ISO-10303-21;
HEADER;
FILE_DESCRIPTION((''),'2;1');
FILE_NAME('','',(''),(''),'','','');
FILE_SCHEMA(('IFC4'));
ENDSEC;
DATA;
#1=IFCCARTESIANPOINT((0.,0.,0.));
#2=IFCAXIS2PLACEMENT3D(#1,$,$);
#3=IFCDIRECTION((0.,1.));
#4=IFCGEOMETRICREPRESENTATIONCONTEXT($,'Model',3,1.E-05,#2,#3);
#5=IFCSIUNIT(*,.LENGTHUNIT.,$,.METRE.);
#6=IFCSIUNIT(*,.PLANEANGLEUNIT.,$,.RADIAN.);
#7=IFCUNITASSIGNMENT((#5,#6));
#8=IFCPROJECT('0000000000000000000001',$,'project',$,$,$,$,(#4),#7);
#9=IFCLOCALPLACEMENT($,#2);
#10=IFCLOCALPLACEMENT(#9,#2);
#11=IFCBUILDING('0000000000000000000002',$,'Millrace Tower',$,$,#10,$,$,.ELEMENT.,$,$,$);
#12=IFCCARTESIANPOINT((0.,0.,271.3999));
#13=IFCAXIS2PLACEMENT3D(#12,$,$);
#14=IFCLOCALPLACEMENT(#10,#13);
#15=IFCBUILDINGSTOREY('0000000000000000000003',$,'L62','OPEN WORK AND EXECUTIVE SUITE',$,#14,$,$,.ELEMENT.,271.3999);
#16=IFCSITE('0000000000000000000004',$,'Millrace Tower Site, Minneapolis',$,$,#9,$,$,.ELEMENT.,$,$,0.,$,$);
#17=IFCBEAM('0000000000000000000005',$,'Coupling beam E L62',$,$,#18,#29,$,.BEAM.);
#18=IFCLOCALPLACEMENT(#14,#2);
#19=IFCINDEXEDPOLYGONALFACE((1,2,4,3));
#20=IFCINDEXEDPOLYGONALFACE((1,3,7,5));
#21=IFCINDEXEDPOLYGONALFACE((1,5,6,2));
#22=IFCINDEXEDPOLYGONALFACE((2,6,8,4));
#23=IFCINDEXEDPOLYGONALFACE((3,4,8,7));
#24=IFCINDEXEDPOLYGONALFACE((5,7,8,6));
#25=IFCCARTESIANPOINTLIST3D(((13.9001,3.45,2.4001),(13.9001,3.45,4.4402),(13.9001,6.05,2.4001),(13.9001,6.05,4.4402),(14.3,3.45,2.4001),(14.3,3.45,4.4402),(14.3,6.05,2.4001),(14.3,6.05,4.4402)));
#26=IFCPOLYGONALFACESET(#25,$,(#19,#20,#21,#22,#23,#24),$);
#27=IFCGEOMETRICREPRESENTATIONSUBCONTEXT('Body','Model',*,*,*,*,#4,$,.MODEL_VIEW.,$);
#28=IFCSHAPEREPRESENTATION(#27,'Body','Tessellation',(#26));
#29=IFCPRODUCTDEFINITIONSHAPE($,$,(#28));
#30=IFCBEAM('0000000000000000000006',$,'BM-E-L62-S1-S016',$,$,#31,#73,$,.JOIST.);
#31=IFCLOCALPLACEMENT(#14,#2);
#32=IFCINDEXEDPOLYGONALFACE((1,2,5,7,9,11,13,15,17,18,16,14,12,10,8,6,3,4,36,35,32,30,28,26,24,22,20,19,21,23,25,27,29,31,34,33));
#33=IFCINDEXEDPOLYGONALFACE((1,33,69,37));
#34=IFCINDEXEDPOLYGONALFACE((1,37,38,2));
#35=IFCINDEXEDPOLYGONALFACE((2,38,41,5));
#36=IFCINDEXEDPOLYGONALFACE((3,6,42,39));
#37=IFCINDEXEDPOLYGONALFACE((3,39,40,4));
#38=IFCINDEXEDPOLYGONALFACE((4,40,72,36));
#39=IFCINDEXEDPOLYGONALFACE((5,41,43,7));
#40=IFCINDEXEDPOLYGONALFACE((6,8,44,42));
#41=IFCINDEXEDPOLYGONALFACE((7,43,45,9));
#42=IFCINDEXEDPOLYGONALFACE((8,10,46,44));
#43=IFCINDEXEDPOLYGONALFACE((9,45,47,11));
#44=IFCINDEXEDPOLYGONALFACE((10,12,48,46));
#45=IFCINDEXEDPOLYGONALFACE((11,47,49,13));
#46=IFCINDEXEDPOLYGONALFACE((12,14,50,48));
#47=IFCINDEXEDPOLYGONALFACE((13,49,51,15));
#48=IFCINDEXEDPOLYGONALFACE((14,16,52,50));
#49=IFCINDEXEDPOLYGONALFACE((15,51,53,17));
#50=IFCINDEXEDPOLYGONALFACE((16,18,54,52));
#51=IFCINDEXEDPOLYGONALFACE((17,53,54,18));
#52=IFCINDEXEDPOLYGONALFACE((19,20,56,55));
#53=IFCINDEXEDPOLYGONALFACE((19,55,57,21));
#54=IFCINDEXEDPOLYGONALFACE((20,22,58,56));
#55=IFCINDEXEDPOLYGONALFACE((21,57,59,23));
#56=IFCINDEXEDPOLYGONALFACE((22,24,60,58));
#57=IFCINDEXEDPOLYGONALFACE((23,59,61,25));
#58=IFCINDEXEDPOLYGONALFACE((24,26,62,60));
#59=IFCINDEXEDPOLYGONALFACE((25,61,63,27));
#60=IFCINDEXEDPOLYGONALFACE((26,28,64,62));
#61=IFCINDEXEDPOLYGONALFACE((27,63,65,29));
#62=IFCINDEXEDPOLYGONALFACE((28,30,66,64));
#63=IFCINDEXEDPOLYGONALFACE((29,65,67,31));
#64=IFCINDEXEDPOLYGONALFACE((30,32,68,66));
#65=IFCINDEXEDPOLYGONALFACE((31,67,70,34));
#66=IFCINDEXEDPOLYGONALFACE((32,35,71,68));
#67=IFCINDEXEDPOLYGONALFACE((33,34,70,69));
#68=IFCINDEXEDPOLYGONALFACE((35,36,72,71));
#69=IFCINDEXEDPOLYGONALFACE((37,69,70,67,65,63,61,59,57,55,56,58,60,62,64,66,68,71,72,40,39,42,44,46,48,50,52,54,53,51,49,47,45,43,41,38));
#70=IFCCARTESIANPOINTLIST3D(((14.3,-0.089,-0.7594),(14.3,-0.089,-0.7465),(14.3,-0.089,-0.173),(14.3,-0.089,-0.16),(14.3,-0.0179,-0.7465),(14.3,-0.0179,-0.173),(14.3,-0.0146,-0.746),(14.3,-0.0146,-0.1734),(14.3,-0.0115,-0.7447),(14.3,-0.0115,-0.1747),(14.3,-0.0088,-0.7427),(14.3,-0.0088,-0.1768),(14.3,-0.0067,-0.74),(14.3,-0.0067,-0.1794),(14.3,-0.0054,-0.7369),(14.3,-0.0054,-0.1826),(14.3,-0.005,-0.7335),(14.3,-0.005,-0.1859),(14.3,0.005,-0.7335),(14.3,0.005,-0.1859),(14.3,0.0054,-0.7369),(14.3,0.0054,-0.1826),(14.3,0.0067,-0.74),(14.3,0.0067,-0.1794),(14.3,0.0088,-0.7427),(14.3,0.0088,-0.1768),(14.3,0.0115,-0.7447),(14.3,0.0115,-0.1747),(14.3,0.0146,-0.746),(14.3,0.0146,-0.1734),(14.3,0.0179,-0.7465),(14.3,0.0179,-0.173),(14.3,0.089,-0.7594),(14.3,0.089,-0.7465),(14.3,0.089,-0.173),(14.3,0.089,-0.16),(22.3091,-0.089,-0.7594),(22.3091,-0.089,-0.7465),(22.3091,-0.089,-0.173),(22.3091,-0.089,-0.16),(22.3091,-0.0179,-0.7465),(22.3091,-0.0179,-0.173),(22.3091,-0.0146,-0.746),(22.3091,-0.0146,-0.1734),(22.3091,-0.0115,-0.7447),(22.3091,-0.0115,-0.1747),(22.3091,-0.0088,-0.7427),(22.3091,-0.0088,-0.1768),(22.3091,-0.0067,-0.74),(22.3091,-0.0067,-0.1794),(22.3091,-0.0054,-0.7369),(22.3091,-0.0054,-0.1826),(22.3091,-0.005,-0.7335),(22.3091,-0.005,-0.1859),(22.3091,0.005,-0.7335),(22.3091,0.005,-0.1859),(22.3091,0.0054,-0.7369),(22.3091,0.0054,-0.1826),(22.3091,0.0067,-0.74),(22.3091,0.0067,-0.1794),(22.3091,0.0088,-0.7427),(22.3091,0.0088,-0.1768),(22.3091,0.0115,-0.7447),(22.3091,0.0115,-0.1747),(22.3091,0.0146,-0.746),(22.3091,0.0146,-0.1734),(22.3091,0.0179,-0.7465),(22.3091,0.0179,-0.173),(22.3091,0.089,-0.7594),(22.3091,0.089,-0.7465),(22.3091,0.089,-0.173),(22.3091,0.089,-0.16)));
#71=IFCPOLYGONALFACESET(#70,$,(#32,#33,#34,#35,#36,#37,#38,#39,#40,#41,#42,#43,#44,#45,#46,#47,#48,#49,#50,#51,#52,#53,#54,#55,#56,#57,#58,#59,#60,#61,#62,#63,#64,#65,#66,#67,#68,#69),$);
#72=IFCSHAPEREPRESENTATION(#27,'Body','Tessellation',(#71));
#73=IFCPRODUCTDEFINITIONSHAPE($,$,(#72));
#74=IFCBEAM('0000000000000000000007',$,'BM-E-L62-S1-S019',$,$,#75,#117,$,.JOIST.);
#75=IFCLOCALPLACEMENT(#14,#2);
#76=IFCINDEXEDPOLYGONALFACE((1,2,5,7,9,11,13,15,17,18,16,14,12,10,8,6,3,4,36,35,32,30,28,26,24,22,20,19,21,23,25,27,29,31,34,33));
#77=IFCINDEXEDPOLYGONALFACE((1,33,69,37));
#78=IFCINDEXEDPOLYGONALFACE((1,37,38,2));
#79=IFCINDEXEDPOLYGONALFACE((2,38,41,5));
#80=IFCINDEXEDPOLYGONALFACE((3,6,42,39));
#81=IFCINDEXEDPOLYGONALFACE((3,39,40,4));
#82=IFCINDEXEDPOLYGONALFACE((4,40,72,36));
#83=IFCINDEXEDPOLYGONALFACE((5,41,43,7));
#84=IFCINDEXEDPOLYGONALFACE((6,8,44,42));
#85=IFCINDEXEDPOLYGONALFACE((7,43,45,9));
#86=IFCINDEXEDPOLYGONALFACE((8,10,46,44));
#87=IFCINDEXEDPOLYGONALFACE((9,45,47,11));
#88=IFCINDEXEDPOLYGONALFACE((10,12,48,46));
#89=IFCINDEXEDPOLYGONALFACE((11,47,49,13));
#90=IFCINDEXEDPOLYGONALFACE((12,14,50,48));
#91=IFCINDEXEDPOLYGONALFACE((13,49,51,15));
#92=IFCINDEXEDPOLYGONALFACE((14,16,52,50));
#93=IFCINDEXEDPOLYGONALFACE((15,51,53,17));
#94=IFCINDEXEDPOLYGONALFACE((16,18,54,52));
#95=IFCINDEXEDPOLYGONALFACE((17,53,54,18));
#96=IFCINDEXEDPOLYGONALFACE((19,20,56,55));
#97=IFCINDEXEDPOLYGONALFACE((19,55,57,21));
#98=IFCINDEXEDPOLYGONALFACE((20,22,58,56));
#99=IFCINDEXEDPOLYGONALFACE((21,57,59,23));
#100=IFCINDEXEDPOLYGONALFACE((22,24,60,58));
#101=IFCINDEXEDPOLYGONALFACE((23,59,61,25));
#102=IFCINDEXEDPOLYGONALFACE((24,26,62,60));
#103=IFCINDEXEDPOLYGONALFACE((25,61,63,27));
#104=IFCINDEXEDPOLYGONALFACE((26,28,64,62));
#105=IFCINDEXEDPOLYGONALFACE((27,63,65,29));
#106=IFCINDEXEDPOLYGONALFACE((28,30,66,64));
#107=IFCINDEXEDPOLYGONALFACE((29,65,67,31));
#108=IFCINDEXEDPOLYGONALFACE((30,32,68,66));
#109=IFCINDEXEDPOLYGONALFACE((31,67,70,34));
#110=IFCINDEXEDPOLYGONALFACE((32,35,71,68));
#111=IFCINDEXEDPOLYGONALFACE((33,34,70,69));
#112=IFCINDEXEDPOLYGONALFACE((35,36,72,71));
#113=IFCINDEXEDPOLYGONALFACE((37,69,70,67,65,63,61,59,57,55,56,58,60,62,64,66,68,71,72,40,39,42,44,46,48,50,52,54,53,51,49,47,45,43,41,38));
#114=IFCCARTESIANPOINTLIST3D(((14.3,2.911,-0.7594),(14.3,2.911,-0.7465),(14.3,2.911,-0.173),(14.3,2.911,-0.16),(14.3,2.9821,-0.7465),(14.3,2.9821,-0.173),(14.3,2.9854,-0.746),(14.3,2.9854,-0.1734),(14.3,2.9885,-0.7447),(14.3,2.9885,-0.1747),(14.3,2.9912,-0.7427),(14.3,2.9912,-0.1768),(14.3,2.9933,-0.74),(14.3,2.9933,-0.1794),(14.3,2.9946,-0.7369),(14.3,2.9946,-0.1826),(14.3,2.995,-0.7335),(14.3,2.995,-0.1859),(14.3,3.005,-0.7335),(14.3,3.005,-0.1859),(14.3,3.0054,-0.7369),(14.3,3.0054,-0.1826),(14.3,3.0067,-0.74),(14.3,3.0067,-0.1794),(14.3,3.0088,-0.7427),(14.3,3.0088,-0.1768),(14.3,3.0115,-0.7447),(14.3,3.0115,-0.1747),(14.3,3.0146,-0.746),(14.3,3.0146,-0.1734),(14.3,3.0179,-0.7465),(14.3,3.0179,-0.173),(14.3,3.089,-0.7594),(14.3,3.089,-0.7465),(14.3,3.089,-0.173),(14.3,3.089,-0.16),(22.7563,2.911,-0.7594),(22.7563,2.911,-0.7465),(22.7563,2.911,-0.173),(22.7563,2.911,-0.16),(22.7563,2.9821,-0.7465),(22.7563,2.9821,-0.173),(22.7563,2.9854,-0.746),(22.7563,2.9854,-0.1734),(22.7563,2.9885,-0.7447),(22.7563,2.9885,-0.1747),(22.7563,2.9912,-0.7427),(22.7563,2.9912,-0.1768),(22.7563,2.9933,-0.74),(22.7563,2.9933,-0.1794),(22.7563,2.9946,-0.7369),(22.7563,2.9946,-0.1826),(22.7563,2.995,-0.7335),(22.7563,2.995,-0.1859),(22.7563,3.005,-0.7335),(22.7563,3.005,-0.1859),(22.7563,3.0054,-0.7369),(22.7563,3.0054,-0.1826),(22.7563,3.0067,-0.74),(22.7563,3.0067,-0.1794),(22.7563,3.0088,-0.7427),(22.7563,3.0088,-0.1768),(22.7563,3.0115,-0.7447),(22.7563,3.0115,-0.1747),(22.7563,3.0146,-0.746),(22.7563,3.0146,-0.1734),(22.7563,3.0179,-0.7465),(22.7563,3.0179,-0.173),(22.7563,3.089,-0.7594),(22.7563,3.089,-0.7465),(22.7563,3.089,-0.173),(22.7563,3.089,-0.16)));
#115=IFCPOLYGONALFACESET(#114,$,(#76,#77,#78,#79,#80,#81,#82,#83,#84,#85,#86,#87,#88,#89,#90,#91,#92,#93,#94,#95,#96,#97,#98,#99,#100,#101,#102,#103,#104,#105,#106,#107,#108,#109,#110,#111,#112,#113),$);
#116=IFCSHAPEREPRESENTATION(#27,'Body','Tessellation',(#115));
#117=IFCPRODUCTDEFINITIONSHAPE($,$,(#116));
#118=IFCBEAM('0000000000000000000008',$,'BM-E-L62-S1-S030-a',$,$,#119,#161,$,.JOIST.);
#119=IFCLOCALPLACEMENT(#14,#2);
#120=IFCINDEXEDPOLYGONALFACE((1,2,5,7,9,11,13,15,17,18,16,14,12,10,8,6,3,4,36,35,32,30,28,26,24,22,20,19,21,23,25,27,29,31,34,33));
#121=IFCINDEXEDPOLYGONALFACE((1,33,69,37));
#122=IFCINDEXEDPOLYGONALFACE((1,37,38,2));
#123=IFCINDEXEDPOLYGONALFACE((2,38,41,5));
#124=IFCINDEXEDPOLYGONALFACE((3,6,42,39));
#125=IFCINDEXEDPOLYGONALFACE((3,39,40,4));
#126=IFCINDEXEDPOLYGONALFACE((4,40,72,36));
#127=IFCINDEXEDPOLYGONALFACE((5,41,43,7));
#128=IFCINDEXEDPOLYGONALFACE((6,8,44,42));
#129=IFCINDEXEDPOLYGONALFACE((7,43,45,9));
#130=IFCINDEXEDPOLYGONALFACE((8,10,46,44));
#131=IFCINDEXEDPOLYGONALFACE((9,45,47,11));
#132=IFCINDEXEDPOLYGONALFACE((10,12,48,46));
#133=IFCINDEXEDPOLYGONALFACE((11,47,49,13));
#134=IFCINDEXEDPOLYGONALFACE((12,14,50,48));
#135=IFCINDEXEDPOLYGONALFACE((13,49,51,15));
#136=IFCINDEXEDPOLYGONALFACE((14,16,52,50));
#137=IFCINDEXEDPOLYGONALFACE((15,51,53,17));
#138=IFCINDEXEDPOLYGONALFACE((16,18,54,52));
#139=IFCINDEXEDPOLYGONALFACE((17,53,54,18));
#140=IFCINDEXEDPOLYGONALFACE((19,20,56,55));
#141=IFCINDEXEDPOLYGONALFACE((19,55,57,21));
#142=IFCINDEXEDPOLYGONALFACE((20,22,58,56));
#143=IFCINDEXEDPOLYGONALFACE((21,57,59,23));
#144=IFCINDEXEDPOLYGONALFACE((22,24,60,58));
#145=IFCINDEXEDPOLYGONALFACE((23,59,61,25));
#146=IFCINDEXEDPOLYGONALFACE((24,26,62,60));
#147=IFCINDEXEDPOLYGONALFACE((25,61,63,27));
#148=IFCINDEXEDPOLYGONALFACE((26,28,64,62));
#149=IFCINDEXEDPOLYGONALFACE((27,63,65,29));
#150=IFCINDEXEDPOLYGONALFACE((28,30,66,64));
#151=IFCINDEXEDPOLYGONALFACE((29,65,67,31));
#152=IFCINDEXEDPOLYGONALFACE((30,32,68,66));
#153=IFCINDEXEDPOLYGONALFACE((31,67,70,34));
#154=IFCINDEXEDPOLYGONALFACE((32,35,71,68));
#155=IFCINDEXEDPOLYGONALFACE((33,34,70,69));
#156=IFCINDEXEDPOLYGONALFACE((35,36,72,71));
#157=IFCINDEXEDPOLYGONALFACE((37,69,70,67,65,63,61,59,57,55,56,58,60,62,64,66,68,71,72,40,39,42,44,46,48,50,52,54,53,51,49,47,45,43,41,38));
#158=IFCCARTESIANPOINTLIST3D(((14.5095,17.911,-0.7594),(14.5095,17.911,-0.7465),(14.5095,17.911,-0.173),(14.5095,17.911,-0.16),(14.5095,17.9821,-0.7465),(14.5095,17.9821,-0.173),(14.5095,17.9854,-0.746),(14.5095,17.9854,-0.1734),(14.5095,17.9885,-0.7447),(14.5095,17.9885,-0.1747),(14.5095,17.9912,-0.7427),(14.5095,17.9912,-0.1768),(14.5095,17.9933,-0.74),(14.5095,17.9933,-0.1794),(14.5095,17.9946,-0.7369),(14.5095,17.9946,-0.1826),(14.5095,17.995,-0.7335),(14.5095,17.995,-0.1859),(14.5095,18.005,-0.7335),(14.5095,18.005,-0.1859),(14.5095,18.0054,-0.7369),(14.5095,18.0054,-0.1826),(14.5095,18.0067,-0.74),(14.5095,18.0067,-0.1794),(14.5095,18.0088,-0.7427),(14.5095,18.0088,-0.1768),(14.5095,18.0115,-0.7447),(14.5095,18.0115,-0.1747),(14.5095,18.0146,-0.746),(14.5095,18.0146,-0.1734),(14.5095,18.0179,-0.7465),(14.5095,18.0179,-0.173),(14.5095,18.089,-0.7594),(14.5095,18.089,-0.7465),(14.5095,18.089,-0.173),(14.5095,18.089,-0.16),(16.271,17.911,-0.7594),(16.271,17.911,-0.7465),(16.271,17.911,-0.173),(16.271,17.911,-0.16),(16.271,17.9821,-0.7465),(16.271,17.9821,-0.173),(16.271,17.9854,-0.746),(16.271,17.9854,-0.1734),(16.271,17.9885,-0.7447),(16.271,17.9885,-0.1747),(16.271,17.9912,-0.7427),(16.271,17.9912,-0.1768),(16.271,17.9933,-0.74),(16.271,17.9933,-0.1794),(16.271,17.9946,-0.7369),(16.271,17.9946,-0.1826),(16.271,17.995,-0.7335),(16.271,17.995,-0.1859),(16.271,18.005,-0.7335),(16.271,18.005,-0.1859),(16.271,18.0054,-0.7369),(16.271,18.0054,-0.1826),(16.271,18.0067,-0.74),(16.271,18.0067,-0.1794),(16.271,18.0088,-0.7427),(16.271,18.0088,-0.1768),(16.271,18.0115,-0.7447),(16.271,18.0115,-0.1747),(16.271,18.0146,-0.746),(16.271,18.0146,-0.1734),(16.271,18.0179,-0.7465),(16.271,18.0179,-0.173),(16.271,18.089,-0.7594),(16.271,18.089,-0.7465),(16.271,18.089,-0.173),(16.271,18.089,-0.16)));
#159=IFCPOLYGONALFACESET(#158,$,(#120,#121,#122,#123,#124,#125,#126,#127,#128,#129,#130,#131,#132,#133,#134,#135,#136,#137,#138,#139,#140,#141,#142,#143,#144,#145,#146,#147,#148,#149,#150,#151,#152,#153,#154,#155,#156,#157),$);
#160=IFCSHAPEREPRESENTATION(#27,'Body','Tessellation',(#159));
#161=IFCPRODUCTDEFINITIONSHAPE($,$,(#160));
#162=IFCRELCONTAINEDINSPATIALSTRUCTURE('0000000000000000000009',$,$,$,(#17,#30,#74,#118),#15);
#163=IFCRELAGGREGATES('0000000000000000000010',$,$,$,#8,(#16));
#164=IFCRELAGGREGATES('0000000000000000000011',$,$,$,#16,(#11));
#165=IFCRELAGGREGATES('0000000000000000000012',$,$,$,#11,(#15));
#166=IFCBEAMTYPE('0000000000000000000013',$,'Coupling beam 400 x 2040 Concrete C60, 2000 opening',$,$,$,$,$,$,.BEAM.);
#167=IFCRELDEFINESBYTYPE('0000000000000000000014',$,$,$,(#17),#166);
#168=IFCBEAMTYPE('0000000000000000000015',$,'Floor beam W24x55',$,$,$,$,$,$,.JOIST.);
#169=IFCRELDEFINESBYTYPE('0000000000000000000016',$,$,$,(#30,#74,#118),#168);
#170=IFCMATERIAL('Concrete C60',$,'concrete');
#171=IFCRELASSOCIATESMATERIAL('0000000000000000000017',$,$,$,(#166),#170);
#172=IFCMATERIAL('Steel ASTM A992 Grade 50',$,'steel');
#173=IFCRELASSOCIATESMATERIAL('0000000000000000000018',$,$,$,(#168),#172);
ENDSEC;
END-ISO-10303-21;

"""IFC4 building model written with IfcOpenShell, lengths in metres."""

from ifc_helpers import new_model, si_unit, direction, frame, origin, origin_2d, place, context, subcontext, project, spatial, rectangle, i_section, extrude, material, material_profile, profile_set, type_object, element, save


model = new_model("IFC4")

# Units and contexts
model_context = context("Model", 3, precision=1e-05, world=origin(), true_north=direction((0.0, 1.0)))
body_context = subcontext(model_context, "Body", "Model", "MODEL_VIEW")
ifc_project = project(units=[si_unit("LENGTHUNIT", "METRE"), si_unit("PLANEANGLEUNIT", "RADIAN")], contexts=[model_context])

# Site, building, storey
site_placement = place(None, origin())
site = spatial("IfcSite", under=ifc_project, at=site_placement, Name="Millrace Tower Site, Minneapolis", CompositionType="ELEMENT", RefElevation=0.0)
building_placement = place(site_placement, origin())
building = spatial("IfcBuilding", under=site, at=building_placement, Name="Millrace Tower", CompositionType="ELEMENT")
storey_placement = place(building_placement, frame((0.0, 0.0, 271.3999)))
storey = spatial("IfcBuildingStorey", under=building, at=storey_placement, Name="L62", Description="OPEN WORK AND EXECUTIVE SUITE", CompositionType="ELEMENT", Elevation=271.3999)

# Beams
ifc_material_1 = material(Name="Concrete C60", Category="concrete")
ifc_material_profile_1 = material_profile(ifc_material_1, rectangle(XDim=0.3999, YDim=2.04, at=origin_2d()))
ifc_profile_set_1 = profile_set([ifc_material_profile_1], Name="Concrete C60")
beam_type_1 = type_object("IfcBeamType", Name="Coupling beam 400 x 2040 Concrete C60, 2000 opening", PredefinedType="BEAM", material=ifc_profile_set_1)
beam_1_placement = place(storey_placement, frame((14.1001, 6.05, 3.4202), z_axis=(0.0, -1.0, 0.0), x_axis=(1.0, 0.0, 0.0)))
element("IfcBeam", 1, at=beam_1_placement, inside=storey, type_object=beam_type_1, Name="Coupling beam E L62", PredefinedType="BEAM", context=body_context, shape_type="SweptSolid", body=[
    extrude(rectangle(XDim=0.3999, YDim=2.04, at=origin_2d()), origin(), (0.0, 0.0, 1.0), 2.6001),
])
ifc_material_2 = material(Name="Steel ASTM A992 Grade 50", Category="steel")
ifc_material_profile_2 = material_profile(ifc_material_2, i_section(OverallWidth=0.178, OverallDepth=0.5994, WebThickness=0.01, FlangeThickness=0.0129, FilletRadius=0.0129, at=origin_2d()))
ifc_profile_set_2 = profile_set([ifc_material_profile_2], Name="Steel ASTM A992 Grade 50")
beam_type_2 = type_object("IfcBeamType", Name="Floor beam W24x55", PredefinedType="JOIST", material=ifc_profile_set_2)
beam_2_placement = place(storey_placement, frame((14.3, 0.0, -0.4597), z_axis=(1.0, 0.0, 0.0), x_axis=(0.0, 1.0, 0.0)))
element("IfcBeam", 2, at=beam_2_placement, inside=storey, type_object=beam_type_2, Name="BM-E-L62-S1-S016", PredefinedType="JOIST", context=body_context, shape_type="SweptSolid", body=[
    extrude(i_section(OverallWidth=0.178, OverallDepth=0.5994, WebThickness=0.01, FlangeThickness=0.0129, FilletRadius=0.0129, at=origin_2d()), origin(), (0.0, 0.0, 1.0), 8.009),
])
beam_3_placement = place(storey_placement, frame((14.3, 3.0, -0.4597), z_axis=(1.0, 0.0, 0.0), x_axis=(0.0, 1.0, 0.0)))
element("IfcBeam", 3, at=beam_3_placement, inside=storey, type_object=beam_type_2, Name="BM-E-L62-S1-S019", PredefinedType="JOIST", context=body_context, shape_type="SweptSolid", body=[
    extrude(i_section(OverallWidth=0.178, OverallDepth=0.5994, WebThickness=0.01, FlangeThickness=0.0129, FilletRadius=0.0129, at=origin_2d()), origin(), (0.0, 0.0, 1.0), 8.4563),
])
beam_4_placement = place(storey_placement, frame((14.5095, 18.0, -0.4597), z_axis=(1.0, 0.0, 0.0), x_axis=(0.0, 1.0, 0.0)))
element("IfcBeam", 4, at=beam_4_placement, inside=storey, type_object=beam_type_2, Name="BM-E-L62-S1-S030-a", PredefinedType="JOIST", context=body_context, shape_type="SweptSolid", body=[
    extrude(i_section(OverallWidth=0.178, OverallDepth=0.5994, WebThickness=0.01, FlangeThickness=0.0129, FilletRadius=0.0129, at=origin_2d()), origin(), (0.0, 0.0, 1.0), 1.7615),
])

save(model, "model.ifc")
